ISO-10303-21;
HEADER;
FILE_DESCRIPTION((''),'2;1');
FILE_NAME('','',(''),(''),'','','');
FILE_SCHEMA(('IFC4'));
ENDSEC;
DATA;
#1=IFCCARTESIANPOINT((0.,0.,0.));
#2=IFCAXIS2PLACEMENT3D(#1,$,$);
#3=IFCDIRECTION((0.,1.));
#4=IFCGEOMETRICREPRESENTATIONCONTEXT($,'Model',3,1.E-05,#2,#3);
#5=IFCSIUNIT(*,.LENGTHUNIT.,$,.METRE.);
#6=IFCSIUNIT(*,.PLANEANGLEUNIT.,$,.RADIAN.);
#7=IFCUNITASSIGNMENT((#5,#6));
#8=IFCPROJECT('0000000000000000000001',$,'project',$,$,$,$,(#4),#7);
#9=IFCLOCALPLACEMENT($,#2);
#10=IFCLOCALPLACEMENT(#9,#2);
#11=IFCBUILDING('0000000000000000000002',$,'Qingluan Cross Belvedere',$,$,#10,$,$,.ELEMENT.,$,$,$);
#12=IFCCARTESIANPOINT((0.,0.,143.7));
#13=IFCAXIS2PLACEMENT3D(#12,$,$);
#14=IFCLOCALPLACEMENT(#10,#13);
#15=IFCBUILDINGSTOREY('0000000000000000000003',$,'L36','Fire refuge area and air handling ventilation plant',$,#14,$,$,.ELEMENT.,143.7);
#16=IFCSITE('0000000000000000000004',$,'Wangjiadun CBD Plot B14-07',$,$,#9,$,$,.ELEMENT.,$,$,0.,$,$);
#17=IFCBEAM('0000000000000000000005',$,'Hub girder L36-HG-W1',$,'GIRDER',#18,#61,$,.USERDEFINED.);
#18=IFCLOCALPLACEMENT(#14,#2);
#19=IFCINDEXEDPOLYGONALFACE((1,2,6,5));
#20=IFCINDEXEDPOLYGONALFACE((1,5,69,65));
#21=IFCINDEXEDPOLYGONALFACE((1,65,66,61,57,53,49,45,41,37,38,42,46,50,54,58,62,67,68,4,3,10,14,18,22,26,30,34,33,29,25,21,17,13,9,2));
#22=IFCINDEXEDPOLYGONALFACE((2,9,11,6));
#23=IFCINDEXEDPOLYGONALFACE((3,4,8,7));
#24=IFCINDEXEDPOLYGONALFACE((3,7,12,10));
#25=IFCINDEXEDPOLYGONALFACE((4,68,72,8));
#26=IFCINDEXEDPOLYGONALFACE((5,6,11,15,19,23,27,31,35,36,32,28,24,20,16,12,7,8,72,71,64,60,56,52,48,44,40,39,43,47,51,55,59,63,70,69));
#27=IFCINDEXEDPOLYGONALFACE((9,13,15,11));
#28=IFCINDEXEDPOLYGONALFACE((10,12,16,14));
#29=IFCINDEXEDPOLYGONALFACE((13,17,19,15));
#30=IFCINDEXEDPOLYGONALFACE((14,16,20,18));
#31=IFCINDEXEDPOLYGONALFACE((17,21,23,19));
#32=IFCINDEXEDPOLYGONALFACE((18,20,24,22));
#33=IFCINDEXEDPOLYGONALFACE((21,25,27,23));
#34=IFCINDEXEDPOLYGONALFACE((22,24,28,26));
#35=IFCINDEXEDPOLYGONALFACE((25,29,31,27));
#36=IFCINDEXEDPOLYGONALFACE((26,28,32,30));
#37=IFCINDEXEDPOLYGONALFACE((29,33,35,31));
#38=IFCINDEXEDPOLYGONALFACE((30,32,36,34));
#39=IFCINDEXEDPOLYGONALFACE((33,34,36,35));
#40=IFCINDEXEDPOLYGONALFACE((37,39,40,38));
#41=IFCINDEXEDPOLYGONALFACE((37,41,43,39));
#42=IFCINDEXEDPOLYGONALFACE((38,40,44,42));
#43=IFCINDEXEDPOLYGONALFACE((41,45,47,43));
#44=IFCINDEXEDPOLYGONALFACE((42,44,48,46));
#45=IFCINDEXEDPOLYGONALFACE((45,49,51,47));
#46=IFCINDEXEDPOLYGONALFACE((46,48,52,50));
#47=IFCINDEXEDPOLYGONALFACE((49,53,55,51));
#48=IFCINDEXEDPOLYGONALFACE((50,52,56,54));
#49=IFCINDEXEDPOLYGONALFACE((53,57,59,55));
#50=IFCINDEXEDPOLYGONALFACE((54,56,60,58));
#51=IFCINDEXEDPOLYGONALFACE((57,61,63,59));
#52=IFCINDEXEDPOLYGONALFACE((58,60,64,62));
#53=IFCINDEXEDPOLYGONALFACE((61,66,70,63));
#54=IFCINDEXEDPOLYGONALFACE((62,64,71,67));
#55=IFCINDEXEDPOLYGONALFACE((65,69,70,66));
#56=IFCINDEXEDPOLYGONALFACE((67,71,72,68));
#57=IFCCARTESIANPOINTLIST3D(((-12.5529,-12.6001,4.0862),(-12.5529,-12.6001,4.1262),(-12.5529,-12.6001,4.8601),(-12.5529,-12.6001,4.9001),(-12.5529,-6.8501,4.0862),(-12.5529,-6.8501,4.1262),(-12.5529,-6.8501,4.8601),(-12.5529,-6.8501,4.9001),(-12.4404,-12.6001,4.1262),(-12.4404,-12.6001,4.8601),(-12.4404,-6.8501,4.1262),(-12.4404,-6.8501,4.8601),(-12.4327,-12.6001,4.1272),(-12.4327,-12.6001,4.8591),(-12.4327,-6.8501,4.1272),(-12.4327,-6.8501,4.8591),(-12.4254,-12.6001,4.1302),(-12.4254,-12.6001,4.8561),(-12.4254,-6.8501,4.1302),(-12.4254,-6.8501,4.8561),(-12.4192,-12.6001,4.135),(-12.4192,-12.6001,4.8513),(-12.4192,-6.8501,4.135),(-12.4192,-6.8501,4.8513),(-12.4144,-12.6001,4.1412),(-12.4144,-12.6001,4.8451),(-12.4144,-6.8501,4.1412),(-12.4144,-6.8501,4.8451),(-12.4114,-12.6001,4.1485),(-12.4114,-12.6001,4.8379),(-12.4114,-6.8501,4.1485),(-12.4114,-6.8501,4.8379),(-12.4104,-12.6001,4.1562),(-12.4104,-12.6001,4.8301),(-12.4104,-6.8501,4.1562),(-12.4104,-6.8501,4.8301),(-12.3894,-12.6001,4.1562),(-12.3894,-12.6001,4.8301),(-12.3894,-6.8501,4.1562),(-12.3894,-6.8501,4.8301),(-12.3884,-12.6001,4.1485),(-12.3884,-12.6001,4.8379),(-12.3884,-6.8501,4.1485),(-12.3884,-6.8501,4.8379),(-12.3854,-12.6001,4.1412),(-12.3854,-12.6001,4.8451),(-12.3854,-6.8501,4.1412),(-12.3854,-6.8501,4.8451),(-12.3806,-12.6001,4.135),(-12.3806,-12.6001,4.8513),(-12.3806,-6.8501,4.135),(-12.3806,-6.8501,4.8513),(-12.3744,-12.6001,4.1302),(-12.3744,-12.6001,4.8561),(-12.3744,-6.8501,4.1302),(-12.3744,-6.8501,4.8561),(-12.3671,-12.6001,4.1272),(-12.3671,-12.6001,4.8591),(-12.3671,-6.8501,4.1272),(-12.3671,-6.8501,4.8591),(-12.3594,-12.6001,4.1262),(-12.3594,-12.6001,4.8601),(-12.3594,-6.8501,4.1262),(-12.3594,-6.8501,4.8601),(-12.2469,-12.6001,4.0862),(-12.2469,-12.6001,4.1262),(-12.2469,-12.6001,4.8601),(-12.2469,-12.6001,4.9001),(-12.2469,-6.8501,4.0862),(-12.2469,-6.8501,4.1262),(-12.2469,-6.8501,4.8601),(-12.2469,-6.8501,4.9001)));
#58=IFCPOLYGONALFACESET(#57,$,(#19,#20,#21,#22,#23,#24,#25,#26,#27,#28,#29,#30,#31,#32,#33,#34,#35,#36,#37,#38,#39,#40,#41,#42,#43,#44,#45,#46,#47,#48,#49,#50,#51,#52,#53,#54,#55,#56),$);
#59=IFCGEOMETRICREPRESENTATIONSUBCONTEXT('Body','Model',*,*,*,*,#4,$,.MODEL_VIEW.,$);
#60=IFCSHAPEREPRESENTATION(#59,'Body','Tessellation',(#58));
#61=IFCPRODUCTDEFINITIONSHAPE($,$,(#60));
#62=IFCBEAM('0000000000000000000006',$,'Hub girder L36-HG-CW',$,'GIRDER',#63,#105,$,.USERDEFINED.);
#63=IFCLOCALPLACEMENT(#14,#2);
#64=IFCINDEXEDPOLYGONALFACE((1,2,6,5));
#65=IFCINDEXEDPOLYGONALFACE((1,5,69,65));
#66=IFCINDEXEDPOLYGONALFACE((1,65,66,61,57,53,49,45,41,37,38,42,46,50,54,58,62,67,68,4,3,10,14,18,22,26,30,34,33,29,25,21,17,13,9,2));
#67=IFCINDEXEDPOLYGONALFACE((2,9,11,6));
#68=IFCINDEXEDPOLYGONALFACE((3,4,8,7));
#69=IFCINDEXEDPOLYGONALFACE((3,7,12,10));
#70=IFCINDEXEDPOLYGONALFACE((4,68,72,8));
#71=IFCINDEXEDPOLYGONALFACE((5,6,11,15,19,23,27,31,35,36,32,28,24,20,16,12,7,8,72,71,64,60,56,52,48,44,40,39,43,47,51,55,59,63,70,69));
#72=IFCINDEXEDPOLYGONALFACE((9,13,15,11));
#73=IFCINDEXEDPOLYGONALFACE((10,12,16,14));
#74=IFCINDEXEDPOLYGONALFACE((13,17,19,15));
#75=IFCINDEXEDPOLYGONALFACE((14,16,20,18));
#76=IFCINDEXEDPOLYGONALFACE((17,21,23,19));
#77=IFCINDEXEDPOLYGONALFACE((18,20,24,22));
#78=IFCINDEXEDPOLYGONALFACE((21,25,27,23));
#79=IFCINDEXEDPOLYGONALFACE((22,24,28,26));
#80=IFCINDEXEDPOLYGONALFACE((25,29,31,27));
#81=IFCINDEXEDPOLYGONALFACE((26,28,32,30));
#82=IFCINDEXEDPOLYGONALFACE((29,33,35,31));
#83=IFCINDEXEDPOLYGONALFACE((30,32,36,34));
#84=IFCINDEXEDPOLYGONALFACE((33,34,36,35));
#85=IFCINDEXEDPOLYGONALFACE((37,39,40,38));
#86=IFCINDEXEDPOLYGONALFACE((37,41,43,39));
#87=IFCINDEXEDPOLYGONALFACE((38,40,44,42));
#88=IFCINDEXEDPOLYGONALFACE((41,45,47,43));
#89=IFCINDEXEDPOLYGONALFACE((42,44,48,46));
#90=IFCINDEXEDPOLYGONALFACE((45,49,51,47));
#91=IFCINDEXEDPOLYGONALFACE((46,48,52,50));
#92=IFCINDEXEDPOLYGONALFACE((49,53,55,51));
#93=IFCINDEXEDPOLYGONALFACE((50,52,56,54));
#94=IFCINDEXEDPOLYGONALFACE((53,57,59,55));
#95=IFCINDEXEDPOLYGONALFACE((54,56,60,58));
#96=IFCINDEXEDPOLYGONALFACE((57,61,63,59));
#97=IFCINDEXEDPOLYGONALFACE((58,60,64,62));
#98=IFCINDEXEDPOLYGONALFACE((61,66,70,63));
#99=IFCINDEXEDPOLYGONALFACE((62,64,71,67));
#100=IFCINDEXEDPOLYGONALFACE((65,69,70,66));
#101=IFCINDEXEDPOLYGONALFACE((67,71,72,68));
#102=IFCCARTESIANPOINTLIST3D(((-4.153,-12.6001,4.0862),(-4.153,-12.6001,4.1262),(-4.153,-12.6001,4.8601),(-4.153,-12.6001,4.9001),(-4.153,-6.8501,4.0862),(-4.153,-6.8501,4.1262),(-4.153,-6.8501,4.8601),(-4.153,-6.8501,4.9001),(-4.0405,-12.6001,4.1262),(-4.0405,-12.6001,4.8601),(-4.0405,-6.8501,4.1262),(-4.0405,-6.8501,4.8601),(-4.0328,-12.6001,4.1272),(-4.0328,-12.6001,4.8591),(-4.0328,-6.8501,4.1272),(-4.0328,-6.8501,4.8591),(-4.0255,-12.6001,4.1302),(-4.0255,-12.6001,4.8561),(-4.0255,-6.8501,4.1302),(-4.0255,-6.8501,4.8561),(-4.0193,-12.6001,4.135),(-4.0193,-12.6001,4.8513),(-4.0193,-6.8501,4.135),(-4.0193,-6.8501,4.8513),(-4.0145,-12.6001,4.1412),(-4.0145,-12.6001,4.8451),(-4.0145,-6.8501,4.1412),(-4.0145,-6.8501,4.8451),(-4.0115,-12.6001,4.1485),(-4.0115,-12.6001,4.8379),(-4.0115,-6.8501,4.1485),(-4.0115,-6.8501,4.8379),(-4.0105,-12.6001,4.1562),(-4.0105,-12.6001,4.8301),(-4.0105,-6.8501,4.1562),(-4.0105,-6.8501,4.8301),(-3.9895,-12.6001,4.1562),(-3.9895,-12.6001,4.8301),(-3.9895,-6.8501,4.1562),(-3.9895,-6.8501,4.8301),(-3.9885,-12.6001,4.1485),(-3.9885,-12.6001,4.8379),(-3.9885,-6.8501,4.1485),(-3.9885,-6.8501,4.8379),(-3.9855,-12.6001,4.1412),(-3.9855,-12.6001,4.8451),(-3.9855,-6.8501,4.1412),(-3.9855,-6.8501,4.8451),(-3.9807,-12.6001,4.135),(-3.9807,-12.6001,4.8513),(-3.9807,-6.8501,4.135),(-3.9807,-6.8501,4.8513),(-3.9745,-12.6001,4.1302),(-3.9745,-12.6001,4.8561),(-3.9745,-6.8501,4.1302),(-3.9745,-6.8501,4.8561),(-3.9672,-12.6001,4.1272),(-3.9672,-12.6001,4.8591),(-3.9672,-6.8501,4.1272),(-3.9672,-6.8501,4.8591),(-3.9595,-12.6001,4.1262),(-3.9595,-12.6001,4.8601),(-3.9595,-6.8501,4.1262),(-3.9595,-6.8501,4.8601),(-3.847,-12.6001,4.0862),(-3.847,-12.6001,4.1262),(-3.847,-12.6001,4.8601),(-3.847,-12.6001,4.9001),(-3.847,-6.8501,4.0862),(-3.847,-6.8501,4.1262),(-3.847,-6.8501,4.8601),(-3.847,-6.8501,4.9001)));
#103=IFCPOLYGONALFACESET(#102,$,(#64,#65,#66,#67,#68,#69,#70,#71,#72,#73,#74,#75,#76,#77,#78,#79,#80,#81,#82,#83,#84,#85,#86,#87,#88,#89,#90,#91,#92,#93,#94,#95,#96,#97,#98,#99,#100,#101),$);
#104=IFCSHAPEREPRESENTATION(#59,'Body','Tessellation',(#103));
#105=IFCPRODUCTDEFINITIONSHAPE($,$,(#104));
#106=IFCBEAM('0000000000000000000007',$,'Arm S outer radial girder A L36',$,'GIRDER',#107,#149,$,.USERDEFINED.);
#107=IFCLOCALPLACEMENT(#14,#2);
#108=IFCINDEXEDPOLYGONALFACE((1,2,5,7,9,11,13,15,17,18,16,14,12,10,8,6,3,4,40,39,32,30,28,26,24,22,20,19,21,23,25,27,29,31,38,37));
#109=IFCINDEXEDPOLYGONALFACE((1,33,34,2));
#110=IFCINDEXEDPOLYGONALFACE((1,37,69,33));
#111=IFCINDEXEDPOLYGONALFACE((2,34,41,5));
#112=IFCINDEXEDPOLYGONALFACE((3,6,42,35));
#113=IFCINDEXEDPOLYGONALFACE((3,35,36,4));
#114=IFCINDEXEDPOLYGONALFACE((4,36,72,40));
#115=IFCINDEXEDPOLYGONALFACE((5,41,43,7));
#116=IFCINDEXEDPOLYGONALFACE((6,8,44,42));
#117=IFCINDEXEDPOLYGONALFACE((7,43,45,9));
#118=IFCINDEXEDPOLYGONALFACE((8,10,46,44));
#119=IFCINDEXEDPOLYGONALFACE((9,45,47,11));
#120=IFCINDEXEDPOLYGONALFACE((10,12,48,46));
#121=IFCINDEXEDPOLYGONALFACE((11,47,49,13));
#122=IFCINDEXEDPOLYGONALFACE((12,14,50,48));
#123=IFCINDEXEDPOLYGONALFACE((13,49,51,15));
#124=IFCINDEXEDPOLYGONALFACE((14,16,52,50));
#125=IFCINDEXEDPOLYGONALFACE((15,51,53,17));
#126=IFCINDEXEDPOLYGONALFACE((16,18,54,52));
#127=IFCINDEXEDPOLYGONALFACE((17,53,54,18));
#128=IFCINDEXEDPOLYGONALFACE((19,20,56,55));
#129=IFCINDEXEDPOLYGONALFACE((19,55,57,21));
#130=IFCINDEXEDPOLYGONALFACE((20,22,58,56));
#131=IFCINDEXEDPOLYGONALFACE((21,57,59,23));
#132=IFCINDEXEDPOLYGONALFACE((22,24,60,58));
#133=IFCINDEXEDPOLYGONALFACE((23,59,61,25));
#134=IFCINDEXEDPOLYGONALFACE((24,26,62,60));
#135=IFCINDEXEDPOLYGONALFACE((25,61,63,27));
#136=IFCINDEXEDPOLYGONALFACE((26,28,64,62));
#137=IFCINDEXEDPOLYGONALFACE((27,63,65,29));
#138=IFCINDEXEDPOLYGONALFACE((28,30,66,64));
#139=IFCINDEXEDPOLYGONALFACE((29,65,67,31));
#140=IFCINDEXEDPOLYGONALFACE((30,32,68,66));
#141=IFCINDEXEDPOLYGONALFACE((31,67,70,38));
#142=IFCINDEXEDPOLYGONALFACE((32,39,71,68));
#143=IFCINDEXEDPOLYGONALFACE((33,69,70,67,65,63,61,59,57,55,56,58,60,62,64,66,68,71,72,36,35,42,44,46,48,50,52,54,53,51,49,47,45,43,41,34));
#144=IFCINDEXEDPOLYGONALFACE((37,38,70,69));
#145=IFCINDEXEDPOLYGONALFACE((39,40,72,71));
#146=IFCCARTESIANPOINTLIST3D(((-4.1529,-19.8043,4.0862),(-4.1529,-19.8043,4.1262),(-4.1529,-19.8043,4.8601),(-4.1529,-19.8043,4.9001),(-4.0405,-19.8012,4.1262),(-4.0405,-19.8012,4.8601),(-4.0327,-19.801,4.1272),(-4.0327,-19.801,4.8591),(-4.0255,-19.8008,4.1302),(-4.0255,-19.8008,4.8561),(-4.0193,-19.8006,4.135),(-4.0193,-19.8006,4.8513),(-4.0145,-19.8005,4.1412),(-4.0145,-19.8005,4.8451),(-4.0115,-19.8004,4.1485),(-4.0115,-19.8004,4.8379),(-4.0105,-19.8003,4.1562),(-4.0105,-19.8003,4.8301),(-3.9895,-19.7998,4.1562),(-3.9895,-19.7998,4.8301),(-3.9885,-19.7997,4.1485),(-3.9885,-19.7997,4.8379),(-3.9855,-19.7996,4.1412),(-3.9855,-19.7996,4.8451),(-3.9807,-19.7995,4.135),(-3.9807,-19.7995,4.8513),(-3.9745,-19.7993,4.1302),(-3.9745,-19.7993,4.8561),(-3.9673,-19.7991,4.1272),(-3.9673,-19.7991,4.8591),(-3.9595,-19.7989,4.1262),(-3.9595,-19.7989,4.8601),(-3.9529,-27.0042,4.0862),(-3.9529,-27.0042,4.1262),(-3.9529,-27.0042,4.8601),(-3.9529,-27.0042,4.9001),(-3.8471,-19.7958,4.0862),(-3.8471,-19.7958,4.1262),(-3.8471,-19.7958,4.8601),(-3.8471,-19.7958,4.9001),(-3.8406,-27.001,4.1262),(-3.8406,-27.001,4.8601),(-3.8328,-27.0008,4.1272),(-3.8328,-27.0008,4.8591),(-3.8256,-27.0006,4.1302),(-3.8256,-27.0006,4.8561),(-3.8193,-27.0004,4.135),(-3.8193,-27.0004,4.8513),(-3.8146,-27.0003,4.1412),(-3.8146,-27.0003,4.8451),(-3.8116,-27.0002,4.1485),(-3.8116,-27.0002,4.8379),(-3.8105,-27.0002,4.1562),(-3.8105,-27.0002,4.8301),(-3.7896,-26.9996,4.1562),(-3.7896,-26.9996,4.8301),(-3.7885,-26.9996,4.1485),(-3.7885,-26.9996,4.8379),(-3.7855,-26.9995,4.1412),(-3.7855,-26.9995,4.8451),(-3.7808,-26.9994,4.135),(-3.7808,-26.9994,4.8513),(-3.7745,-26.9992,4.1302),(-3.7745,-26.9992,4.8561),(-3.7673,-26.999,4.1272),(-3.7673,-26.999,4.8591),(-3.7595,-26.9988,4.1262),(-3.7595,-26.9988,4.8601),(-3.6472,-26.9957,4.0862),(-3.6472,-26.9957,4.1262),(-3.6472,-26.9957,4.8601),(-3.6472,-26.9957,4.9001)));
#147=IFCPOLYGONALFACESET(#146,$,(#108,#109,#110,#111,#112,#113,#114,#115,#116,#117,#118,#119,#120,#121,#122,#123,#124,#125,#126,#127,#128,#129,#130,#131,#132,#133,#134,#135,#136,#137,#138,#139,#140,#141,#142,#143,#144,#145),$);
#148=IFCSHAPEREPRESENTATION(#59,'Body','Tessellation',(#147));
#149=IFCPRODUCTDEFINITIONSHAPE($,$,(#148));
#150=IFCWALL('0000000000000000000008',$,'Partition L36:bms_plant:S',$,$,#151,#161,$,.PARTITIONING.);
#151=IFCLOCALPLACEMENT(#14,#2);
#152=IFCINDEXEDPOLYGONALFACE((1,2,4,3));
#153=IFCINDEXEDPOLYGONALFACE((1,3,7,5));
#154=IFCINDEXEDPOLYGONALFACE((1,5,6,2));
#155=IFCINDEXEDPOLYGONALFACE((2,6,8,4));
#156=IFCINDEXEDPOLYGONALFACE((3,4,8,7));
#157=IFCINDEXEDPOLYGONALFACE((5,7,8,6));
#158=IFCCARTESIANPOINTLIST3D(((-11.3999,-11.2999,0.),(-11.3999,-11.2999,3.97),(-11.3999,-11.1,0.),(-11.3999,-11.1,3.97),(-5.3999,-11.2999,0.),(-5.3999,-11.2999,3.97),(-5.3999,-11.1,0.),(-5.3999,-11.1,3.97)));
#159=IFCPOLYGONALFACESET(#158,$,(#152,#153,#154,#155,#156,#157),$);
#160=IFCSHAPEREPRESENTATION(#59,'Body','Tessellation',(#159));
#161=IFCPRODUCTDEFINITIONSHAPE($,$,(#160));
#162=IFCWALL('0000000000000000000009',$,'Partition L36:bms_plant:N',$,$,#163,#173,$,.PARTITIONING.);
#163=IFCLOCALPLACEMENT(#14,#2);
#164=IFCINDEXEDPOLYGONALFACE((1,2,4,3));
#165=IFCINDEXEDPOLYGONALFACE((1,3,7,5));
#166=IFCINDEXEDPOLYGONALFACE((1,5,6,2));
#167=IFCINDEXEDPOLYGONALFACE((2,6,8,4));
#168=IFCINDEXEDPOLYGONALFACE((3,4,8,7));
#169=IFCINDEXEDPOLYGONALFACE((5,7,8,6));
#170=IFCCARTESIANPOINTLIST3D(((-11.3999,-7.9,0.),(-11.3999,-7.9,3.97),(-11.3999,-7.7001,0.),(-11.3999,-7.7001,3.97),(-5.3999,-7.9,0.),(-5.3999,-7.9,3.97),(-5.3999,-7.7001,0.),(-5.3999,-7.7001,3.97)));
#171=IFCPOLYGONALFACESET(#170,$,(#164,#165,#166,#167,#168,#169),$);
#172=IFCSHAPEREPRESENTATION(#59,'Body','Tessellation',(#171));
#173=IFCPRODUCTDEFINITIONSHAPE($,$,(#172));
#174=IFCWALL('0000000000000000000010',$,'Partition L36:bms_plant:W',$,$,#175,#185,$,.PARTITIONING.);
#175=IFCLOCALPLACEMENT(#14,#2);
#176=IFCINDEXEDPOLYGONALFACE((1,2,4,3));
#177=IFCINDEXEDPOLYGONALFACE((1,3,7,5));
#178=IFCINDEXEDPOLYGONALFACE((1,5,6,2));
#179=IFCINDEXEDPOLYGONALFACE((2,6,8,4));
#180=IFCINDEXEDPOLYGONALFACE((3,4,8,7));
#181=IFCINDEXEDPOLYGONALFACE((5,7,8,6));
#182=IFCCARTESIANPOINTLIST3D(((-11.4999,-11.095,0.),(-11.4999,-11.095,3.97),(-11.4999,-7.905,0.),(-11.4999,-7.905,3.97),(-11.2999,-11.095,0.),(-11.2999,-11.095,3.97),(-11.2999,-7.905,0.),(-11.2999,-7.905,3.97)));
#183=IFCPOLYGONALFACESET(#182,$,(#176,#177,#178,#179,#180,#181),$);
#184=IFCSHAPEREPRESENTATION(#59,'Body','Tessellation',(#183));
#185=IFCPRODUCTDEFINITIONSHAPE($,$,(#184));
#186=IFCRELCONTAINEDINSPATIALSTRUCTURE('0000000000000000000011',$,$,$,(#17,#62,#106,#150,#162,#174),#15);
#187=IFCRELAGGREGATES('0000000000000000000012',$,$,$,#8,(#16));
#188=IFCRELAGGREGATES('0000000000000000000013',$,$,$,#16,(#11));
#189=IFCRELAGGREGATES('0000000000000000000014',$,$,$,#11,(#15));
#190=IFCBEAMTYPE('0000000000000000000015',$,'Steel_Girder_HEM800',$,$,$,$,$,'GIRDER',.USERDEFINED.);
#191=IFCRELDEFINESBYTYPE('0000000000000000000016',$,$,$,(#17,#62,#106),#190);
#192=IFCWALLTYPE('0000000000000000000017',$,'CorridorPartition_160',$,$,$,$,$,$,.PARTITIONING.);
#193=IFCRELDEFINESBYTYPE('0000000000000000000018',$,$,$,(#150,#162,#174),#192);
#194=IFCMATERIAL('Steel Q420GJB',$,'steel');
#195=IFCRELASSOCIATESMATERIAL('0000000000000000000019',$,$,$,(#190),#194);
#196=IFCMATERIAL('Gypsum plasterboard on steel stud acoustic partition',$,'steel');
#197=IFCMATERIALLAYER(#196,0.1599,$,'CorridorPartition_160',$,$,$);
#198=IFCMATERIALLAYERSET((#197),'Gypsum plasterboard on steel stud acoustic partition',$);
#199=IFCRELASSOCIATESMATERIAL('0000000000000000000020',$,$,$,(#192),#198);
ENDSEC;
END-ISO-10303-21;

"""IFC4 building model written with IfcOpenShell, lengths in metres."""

from ifc_helpers import new_model, si_unit, direction, frame, frame_2d, origin, origin_2d, place, context, subcontext, project, spatial, rectangle, i_section, extrude, material, layer, layer_set, material_profile, profile_set, type_object, element, save


model = new_model("IFC4")

# Units and contexts
model_context = context("Model", 3, precision=1e-05, world=origin(), true_north=direction((0.0, 1.0)))
body_context = subcontext(model_context, "Body", "Model", "MODEL_VIEW")
ifc_project = project(units=[si_unit("LENGTHUNIT", "METRE"), si_unit("PLANEANGLEUNIT", "RADIAN")], contexts=[model_context])

# Site, building, storey
site_placement = place(None, origin())
site = spatial("IfcSite", under=ifc_project, at=site_placement, Name="Wangjiadun CBD Plot B14-07", CompositionType="ELEMENT", RefElevation=0.0)
building_placement = place(site_placement, origin())
building = spatial("IfcBuilding", under=site, at=building_placement, Name="Qingluan Cross Belvedere", CompositionType="ELEMENT")
storey_placement = place(building_placement, frame((0.0, 0.0, 143.7)))
storey = spatial("IfcBuildingStorey", under=building, at=storey_placement, Name="L36", Description="Fire refuge area and air handling ventilation plant", CompositionType="ELEMENT", Elevation=143.7)

# Beams
ifc_material_1 = material(Name="Steel Q420GJB", Category="steel")
ifc_material_profile_1 = material_profile(ifc_material_1, i_section(OverallWidth=0.3059, OverallDepth=0.814, WebThickness=0.021, FlangeThickness=0.04, FilletRadius=0.03, at=origin_2d()), Name="HEM800")
ifc_profile_set_1 = profile_set([ifc_material_profile_1], Name="Steel Q420GJB")
beam_type_1 = type_object("IfcBeamType", Name="Steel_Girder_HEM800", ElementType="GIRDER", PredefinedType="USERDEFINED", material=ifc_profile_set_1)
for number, where, z_axis, x_axis, name in (
    (1, (-12.3999, -12.6001, 4.4932), (0.0, 1.0, 0.0), (-1.0, 0.0, 0.0), "Hub girder L36-HG-W1"),
    (2, (-4.0, -12.6001, 4.4932), (0.0, 1.0, 0.0), (-1.0, 0.0, 0.0), "Hub girder L36-HG-CW"),
):
    element("IfcBeam", number, at=place(storey_placement, frame(where, z_axis=z_axis, x_axis=x_axis)), inside=storey, type_object=beam_type_1, Name=name, ObjectType="GIRDER", PredefinedType="USERDEFINED", context=body_context, shape_type="SweptSolid", body=[
        extrude(i_section(OverallWidth=0.3059, OverallDepth=0.814, WebThickness=0.021, FlangeThickness=0.04, FilletRadius=0.03, at=origin_2d()), origin(), (0.0, 0.0, 1.0), 5.75),
    ])
beam_1_placement = place(storey_placement, frame((-4.0, -19.8, 4.4932), z_axis=(0.02776, -0.999615, 0.0), x_axis=(0.999615, 0.02776, 0.0)))
element("IfcBeam", 3, at=beam_1_placement, inside=storey, type_object=beam_type_1, Name="Arm S outer radial girder A L36", ObjectType="GIRDER", PredefinedType="USERDEFINED", context=body_context, shape_type="SweptSolid", body=[
    extrude(i_section(OverallWidth=0.3059, OverallDepth=0.814, WebThickness=0.021, FlangeThickness=0.04, FilletRadius=0.03, at=origin_2d()), origin(), (0.0, 0.0, 1.0), 7.2026),
])

# Walls
ifc_material_2 = material(Name="Gypsum plasterboard on steel stud acoustic partition", Category="steel")
ifc_layer_1 = layer(ifc_material_2, 0.1599, Name="CorridorPartition_160")
ifc_layer_set_1 = layer_set([ifc_layer_1], Name="Gypsum plasterboard on steel stud acoustic partition")
wall_type_1 = type_object("IfcWallType", Name="CorridorPartition_160", PredefinedType="PARTITIONING", material=ifc_layer_set_1)
for number, where, z_axis, x_axis, name in (
    (4, (-11.3999, -11.2, 0.0), (0.0, 0.0, 1.0), (1.0, 0.0, 0.0), "Partition L36:bms_plant:S"),
    (5, (-11.3999, -7.8, 0.0), (0.0, 0.0, 1.0), (1.0, 0.0, 0.0), "Partition L36:bms_plant:N"),
):
    element("IfcWall", number, at=place(storey_placement, frame(where, z_axis=z_axis, x_axis=x_axis)), inside=storey, type_object=wall_type_1, Name=name, PredefinedType="PARTITIONING", context=body_context, shape_type="SweptSolid", body=[
        extrude(rectangle(XDim=6.0, YDim=0.2, at=frame_2d((3.0, 0.0))), origin(), (0.0, 0.0, 1.0), 3.97),
    ])
wall_1_placement = place(storey_placement, frame((-11.3999, -11.095, 0.0), z_axis=(0.0, 0.0, 1.0), x_axis=(0.0, 1.0, 0.0)))
element("IfcWall", 6, at=wall_1_placement, inside=storey, type_object=wall_type_1, Name="Partition L36:bms_plant:W", PredefinedType="PARTITIONING", context=body_context, shape_type="SweptSolid", body=[
    extrude(rectangle(XDim=3.1899, YDim=0.2, at=frame_2d((1.595, 0.0))), origin(), (0.0, 0.0, 1.0), 3.97),
])

save(model, "model.ifc")
